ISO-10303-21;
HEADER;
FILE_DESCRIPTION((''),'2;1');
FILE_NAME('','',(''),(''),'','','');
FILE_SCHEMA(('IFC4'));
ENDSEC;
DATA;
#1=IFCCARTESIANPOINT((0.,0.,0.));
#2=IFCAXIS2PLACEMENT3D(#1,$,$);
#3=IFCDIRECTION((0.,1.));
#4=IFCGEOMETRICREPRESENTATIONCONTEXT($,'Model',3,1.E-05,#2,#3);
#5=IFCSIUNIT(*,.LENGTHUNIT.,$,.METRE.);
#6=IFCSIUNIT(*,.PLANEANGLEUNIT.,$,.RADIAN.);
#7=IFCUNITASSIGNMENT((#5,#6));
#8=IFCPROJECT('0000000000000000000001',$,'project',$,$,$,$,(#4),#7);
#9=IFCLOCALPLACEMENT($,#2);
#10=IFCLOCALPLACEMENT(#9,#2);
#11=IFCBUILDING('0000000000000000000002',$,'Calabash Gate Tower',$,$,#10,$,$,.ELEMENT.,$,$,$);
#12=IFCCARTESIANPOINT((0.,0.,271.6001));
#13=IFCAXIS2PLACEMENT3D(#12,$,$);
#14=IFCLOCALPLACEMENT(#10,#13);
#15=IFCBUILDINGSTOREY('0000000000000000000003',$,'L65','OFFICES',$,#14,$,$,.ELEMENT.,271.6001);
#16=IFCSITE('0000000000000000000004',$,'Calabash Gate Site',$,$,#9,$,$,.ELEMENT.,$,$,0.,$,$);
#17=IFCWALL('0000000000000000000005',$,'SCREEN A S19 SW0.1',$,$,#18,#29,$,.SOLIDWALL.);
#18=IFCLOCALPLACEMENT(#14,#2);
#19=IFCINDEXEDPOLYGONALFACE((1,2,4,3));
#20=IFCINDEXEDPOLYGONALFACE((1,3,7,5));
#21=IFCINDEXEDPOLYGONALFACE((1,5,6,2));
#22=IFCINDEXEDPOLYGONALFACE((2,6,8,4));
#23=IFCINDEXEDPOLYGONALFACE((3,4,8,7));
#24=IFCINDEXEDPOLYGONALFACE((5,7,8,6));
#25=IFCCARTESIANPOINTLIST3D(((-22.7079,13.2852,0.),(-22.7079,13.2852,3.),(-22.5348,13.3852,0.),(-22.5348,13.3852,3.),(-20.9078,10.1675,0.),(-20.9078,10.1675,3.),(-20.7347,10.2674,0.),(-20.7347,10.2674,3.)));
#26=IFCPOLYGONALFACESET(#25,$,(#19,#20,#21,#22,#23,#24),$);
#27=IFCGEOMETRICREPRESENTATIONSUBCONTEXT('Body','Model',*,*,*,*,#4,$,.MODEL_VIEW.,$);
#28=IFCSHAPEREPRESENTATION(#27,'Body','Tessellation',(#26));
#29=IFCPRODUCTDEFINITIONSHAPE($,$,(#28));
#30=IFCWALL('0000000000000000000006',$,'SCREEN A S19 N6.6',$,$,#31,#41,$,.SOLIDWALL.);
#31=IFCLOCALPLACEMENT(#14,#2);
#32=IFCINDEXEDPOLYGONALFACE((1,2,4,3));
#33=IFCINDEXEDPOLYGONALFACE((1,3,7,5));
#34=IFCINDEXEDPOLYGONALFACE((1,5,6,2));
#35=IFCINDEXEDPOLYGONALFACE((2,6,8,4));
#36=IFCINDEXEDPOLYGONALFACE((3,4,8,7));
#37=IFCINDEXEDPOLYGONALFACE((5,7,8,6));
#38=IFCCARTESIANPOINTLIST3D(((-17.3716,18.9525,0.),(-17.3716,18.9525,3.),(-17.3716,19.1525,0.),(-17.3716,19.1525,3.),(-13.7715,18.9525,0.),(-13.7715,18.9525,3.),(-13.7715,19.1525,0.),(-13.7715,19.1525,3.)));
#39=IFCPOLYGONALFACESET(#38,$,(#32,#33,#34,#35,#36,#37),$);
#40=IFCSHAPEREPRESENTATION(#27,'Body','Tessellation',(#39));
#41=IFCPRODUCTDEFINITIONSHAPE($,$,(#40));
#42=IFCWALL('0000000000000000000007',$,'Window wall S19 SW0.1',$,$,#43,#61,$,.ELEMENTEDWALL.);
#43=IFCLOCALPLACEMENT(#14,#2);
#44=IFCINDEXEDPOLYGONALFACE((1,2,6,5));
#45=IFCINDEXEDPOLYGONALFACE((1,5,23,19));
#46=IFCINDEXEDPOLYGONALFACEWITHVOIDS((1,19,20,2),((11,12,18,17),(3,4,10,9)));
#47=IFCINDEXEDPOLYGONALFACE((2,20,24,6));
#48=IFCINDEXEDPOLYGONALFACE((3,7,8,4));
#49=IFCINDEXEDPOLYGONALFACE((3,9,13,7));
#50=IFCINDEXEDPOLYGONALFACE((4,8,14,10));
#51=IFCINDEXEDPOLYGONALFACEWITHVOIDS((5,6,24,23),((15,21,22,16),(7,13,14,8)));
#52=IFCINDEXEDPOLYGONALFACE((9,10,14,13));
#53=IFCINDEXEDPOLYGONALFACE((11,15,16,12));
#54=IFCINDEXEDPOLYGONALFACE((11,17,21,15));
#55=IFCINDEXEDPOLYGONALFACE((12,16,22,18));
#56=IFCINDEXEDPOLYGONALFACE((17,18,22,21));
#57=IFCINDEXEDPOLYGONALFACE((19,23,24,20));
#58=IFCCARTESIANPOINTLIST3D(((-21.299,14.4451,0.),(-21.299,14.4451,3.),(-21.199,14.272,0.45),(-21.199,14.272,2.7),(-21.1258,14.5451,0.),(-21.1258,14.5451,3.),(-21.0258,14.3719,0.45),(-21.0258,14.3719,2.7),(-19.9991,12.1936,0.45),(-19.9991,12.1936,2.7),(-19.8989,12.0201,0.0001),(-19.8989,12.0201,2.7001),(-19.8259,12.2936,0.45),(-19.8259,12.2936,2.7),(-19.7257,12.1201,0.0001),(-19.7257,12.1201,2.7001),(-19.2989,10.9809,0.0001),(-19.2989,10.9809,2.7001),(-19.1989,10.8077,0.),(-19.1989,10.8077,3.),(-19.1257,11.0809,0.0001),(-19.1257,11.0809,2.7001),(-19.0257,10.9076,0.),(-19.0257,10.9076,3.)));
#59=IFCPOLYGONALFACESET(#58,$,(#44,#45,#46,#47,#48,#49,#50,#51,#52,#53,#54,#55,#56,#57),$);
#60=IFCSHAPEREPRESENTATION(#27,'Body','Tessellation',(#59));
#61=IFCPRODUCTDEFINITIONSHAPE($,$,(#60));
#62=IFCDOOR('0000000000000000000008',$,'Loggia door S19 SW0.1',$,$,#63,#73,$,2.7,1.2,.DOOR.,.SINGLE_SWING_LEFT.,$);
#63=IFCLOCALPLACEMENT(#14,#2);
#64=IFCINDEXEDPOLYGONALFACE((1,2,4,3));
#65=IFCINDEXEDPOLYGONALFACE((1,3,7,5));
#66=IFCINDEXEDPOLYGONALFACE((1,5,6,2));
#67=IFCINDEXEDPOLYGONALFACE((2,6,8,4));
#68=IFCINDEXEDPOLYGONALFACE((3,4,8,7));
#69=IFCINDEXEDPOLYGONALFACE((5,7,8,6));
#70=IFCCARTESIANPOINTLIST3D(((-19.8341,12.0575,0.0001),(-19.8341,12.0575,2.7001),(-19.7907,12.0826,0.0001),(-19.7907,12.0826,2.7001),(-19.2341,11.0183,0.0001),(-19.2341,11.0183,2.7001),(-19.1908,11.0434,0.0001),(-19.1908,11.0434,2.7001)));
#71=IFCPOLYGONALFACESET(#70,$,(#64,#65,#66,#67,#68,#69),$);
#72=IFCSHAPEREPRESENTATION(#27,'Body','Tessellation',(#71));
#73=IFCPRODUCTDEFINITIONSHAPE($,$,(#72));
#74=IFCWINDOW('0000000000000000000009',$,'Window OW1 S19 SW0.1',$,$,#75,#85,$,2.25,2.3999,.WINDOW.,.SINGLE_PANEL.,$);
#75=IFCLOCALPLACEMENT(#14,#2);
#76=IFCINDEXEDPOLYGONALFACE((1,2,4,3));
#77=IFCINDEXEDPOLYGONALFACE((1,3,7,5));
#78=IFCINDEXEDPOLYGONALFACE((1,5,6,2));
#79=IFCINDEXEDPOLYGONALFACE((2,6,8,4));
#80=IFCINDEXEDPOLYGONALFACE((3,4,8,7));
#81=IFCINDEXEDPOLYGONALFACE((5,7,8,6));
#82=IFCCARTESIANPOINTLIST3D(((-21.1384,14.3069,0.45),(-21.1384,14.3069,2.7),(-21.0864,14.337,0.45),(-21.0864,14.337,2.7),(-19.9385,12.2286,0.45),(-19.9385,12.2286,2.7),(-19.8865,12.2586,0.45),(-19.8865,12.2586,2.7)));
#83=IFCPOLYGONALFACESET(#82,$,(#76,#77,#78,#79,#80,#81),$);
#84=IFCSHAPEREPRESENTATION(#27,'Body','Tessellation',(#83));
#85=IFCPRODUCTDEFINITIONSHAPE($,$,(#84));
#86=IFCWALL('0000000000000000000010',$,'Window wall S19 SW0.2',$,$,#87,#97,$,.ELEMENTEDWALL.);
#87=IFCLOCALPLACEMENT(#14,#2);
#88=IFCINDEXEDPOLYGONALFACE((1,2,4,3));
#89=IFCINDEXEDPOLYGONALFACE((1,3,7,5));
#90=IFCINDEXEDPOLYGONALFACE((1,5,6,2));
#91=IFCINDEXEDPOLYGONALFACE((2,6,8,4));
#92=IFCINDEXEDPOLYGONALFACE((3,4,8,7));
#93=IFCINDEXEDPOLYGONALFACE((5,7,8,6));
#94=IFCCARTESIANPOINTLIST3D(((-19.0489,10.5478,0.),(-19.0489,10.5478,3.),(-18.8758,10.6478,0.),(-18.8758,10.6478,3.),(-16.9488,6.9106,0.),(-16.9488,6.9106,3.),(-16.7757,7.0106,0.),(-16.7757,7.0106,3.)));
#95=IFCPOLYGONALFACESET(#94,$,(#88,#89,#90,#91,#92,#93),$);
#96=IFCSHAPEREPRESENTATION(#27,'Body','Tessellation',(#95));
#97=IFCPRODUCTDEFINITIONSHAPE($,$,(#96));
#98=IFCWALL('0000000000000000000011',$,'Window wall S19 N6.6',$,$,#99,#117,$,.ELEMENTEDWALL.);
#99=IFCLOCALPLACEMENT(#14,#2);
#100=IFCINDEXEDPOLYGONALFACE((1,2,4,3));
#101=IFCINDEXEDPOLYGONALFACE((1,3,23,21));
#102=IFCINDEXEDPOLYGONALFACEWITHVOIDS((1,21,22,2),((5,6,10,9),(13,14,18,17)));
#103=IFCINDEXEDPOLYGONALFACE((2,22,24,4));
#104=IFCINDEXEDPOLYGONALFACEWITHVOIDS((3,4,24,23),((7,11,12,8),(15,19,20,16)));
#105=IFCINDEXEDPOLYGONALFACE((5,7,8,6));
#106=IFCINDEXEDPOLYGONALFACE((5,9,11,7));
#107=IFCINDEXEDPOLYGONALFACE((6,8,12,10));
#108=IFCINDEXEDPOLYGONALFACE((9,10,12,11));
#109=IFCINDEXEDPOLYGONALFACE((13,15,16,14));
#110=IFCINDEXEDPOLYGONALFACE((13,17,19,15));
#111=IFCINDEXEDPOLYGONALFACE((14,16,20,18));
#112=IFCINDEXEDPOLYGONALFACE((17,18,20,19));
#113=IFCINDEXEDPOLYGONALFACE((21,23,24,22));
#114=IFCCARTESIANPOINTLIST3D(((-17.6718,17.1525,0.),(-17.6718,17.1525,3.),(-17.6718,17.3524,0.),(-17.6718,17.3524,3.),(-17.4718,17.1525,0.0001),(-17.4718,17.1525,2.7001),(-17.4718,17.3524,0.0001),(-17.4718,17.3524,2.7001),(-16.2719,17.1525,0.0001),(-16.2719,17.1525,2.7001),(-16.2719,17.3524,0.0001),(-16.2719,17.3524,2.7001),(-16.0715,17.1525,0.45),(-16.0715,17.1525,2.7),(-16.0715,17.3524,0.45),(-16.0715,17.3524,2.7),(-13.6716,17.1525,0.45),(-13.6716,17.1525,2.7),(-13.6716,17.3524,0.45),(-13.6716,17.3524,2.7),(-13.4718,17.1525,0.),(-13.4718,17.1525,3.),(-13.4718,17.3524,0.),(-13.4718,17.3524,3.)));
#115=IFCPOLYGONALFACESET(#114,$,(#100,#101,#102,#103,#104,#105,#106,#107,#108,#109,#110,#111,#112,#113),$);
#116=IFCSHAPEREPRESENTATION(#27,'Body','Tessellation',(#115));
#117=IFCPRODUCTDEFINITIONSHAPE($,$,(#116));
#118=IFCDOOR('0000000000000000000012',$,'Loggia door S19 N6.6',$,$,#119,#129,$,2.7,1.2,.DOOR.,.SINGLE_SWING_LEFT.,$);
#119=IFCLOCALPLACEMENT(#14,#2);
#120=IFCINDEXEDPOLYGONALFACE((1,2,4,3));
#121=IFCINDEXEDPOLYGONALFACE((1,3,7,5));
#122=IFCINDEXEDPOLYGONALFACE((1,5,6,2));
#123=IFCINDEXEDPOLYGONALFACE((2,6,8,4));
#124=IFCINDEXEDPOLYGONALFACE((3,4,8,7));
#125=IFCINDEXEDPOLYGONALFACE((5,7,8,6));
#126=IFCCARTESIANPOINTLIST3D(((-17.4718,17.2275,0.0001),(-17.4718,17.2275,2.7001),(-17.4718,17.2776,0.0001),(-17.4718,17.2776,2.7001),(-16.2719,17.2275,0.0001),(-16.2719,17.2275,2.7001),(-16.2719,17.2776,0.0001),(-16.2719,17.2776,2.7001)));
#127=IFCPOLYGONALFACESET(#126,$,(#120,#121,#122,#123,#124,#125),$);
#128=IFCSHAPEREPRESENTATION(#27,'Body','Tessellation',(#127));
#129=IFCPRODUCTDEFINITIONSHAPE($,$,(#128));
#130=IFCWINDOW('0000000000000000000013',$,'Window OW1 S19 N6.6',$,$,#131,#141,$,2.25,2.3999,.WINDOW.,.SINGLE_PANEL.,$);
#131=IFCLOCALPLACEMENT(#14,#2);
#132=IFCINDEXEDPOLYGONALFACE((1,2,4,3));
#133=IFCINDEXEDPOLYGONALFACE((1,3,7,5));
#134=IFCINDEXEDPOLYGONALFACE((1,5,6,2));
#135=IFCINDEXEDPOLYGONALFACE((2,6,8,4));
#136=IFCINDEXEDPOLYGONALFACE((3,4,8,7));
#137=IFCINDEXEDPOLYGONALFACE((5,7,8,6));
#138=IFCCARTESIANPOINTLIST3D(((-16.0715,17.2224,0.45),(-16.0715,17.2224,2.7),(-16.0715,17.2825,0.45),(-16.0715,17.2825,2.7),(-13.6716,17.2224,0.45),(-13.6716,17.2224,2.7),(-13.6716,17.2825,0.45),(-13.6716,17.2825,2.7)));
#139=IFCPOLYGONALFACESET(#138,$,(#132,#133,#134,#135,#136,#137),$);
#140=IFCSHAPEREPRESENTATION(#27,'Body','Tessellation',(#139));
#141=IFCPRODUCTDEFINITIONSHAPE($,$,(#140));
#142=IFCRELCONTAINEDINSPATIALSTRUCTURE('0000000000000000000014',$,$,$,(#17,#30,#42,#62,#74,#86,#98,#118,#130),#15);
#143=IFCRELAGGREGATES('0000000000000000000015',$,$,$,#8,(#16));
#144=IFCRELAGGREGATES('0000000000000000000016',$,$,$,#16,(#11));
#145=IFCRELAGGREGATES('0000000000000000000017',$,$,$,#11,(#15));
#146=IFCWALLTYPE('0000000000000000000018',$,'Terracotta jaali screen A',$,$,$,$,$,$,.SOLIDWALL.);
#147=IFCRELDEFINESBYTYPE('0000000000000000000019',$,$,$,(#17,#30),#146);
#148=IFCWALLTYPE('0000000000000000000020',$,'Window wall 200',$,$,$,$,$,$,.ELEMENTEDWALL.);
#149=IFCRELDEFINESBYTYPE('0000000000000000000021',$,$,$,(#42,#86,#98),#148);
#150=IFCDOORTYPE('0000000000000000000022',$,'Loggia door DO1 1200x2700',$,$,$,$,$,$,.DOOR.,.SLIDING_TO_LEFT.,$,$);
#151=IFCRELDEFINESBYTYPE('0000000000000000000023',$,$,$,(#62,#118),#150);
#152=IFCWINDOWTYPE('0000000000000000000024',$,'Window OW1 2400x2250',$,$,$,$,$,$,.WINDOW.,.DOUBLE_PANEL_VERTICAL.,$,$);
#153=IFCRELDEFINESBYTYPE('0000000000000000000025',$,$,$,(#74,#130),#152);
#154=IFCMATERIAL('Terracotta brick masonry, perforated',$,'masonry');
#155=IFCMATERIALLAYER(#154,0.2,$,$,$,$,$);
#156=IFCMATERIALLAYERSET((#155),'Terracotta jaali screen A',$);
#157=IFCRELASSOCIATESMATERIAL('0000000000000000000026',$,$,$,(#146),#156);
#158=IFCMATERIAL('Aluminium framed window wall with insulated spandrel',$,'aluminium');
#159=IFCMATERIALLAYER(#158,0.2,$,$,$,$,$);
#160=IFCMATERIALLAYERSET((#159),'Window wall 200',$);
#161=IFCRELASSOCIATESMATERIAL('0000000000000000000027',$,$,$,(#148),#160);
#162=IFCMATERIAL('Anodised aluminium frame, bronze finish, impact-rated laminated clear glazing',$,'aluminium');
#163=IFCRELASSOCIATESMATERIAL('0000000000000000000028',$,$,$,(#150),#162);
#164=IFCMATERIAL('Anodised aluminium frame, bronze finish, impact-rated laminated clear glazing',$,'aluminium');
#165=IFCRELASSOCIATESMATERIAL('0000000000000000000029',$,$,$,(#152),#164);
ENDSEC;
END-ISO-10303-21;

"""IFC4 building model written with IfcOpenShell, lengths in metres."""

from ifc_helpers import new_model, si_unit, direction, frame, frame_2d, origin, place, context, subcontext, project, spatial, rectangle, extrude, material, layer, layer_set, type_object, element, fill, save


model = new_model("IFC4")

# Units and contexts
model_context = context("Model", 3, precision=1e-05, world=origin(), true_north=direction((0.0, 1.0)))
body_context = subcontext(model_context, "Body", "Model", "MODEL_VIEW")
ifc_project = project(units=[si_unit("LENGTHUNIT", "METRE"), si_unit("PLANEANGLEUNIT", "RADIAN")], contexts=[model_context])

# Site, building, storey
site_placement = place(None, origin())
site = spatial("IfcSite", under=ifc_project, at=site_placement, Name="Calabash Gate Site", CompositionType="ELEMENT", RefElevation=0.0)
building_placement = place(site_placement, origin())
building = spatial("IfcBuilding", under=site, at=building_placement, Name="Calabash Gate Tower", CompositionType="ELEMENT")
storey_placement = place(building_placement, frame((0.0, 0.0, 271.6001)))
storey = spatial("IfcBuildingStorey", under=building, at=storey_placement, Name="L65", Description="OFFICES", CompositionType="ELEMENT", Elevation=271.6001)

# Walls
ifc_material_1 = material(Name="Terracotta brick masonry, perforated", Category="masonry")
ifc_layer_1 = layer(ifc_material_1, 0.2)
ifc_layer_set_1 = layer_set([ifc_layer_1], Name="Terracotta jaali screen A")
wall_type_1 = type_object("IfcWallType", Name="Terracotta jaali screen A", PredefinedType="SOLIDWALL", material=ifc_layer_set_1)
for number, where, z_axis, x_axis, name in (
    (1, (-22.6213, 13.3352, 0.0), (0.0, 0.0, 1.0), (0.500012, -0.866018, 0.0), "SCREEN A S19 SW0.1"),
    (2, (-13.7715, 19.0525, 0.0), (0.0, 0.0, 1.0), (-1.0, 0.0, 0.0), "SCREEN A S19 N6.6"),
):
    element("IfcWall", number, at=place(storey_placement, frame(where, z_axis=z_axis, x_axis=x_axis)), inside=storey, type_object=wall_type_1, Name=name, PredefinedType="SOLIDWALL", context=body_context, shape_type="SweptSolid", body=[
        extrude(rectangle(XDim=3.6001, YDim=0.2, at=frame_2d((1.8, 0.0))), origin(), (0.0, 0.0, 1.0), 3.0),
    ])

# Wall, openings, door, window
ifc_material_2 = material(Name="Aluminium framed window wall with insulated spandrel", Category="aluminium")
ifc_layer_2 = layer(ifc_material_2, 0.2)
ifc_layer_set_2 = layer_set([ifc_layer_2], Name="Window wall 200")
wall_type_2 = type_object("IfcWallType", Name="Window wall 200", PredefinedType="ELEMENTEDWALL", material=ifc_layer_set_2)
wall_1_placement = place(storey_placement, frame((-21.2124, 14.4951, 0.0), z_axis=(0.0, 0.0, 1.0), x_axis=(0.500003, -0.866024, 0.0)))
wall_1 = element("IfcWall", 3, at=wall_1_placement, inside=storey, type_object=wall_type_2, Name="Window wall S19 SW0.1", PredefinedType="ELEMENTEDWALL", context=body_context, shape_type="SweptSolid", body=[
    extrude(rectangle(XDim=4.2002, YDim=0.2, at=frame_2d((2.1001, 0.0))), origin(), (0.0, 0.0, 1.0), 3.0),
])
opening_1_placement = place(wall_1_placement, frame((0.2, 0.0, 0.45)))
opening_1 = element("IfcOpeningElement", 4, at=opening_1_placement, cuts=wall_1, PredefinedType="OPENING", context=body_context, shape_type="SweptSolid", body=[
    extrude(rectangle(XDim=2.3999, YDim=2.25, at=frame_2d((1.2, 1.125))), frame((0.0, 0.1099, 0.0), z_axis=(0.0, -1.0, 0.0), x_axis=(1.0, 0.0, 0.0)), (0.0, 0.0, 1.0), 0.22),
])
opening_2_placement = place(wall_1_placement, frame((2.8, 0.0, 0.0)))
opening_2 = element("IfcOpeningElement", 5, at=opening_2_placement, cuts=wall_1, PredefinedType="OPENING", context=body_context, shape_type="SweptSolid", body=[
    extrude(rectangle(XDim=1.2, YDim=2.7, at=frame_2d((0.6001, 1.3501))), frame((0.0, 0.1099, 0.0), z_axis=(0.0, -1.0, 0.0), x_axis=(1.0, 0.0, 0.0)), (0.0, 0.0, 1.0), 0.22),
])
ifc_material_3 = material(Name="Anodised aluminium frame, bronze finish, impact-rated laminated clear glazing", Category="aluminium")
door_type_1 = type_object("IfcDoorType", Name="Loggia door DO1 1200x2700", OperationType="SLIDING_TO_LEFT", PredefinedType="DOOR", material=ifc_material_3)
door_1_placement = place(opening_2_placement, origin())
door_1 = element("IfcDoor", 6, at=door_1_placement, inside=storey, type_object=door_type_1, Name="Loggia door S19 SW0.1", OperationType="SINGLE_SWING_LEFT", OverallHeight=2.7, OverallWidth=1.2, PredefinedType="DOOR", context=body_context, shape_type="SweptSolid", body=[
    extrude(rectangle(XDim=1.2, YDim=2.7, at=frame_2d((0.6001, 1.3501))), frame((0.0, 0.0249, 0.0), z_axis=(0.0, -1.0, 0.0), x_axis=(1.0, 0.0, 0.0)), (0.0, 0.0, 1.0), 0.05),
])
fill(opening_2, door_1)
ifc_material_4 = material(Name="Anodised aluminium frame, bronze finish, impact-rated laminated clear glazing", Category="aluminium")
window_type = type_object("IfcWindowType", Name="Window OW1 2400x2250", PartitioningType="DOUBLE_PANEL_VERTICAL", PredefinedType="WINDOW", material=ifc_material_4)
window_1_placement = place(opening_1_placement, origin())
window_1 = element("IfcWindow", 7, at=window_1_placement, inside=storey, type_object=window_type, Name="Window OW1 S19 SW0.1", OverallHeight=2.25, OverallWidth=2.3999, PartitioningType="SINGLE_PANEL", PredefinedType="WINDOW", context=body_context, shape_type="SweptSolid", body=[
    extrude(rectangle(XDim=2.3999, YDim=2.25, at=frame_2d((1.2, 1.125))), frame((0.0, 0.03, 0.0), z_axis=(0.0, -1.0, 0.0), x_axis=(1.0, 0.0, 0.0)), (0.0, 0.0, 1.0), 0.0601),
])
fill(opening_1, window_1)

# Wall
wall_2_placement = place(storey_placement, frame((-18.9624, 10.5979, 0.0), z_axis=(0.0, 0.0, 1.0), x_axis=(0.500028, -0.866009, 0.0)))
element("IfcWall", 8, at=wall_2_placement, inside=storey, type_object=wall_type_2, Name="Window wall S19 SW0.2", PredefinedType="ELEMENTEDWALL", context=body_context, shape_type="SweptSolid", body=[
    extrude(rectangle(XDim=4.2, YDim=0.2, at=frame_2d((2.1001, 0.0))), origin(), (0.0, 0.0, 1.0), 3.0),
])

# Wall, openings, door, window
wall_3_placement = place(storey_placement, frame((-13.4717, 17.2524, 0.0), z_axis=(0.0, 0.0, 1.0), x_axis=(-1.0, 0.0, 0.0)))
wall_3 = element("IfcWall", 9, at=wall_3_placement, inside=storey, type_object=wall_type_2, Name="Window wall S19 N6.6", PredefinedType="ELEMENTEDWALL", context=body_context, shape_type="SweptSolid", body=[
    extrude(rectangle(XDim=4.2, YDim=0.2, at=frame_2d((2.1001, 0.0))), origin(), (0.0, 0.0, 1.0), 3.0),
])
opening_3_placement = place(wall_3_placement, frame((0.2, 0.0, 0.45)))
opening_3 = element("IfcOpeningElement", 10, at=opening_3_placement, cuts=wall_3, PredefinedType="OPENING", context=body_context, shape_type="SweptSolid", body=[
    extrude(rectangle(XDim=2.3999, YDim=2.25, at=frame_2d((1.2, 1.125))), frame((0.0, 0.1099, 0.0), z_axis=(0.0, -1.0, 0.0), x_axis=(1.0, 0.0, 0.0)), (0.0, 0.0, 1.0), 0.22),
])
opening_4_placement = place(wall_3_placement, frame((2.8, 0.0, 0.0)))
opening_4 = element("IfcOpeningElement", 11, at=opening_4_placement, cuts=wall_3, PredefinedType="OPENING", context=body_context, shape_type="SweptSolid", body=[
    extrude(rectangle(XDim=1.2, YDim=2.7, at=frame_2d((0.6001, 1.3501))), frame((0.0, 0.1099, 0.0), z_axis=(0.0, -1.0, 0.0), x_axis=(1.0, 0.0, 0.0)), (0.0, 0.0, 1.0), 0.22),
])
door_2_placement = place(opening_4_placement, origin())
door_2 = element("IfcDoor", 12, at=door_2_placement, inside=storey, type_object=door_type_1, Name="Loggia door S19 N6.6", OperationType="SINGLE_SWING_LEFT", OverallHeight=2.7, OverallWidth=1.2, PredefinedType="DOOR", context=body_context, shape_type="SweptSolid", body=[
    extrude(rectangle(XDim=1.2, YDim=2.7, at=frame_2d((0.6001, 1.3501))), frame((0.0, 0.0249, 0.0), z_axis=(0.0, -1.0, 0.0), x_axis=(1.0, 0.0, 0.0)), (0.0, 0.0, 1.0), 0.05),
])
fill(opening_4, door_2)
window_2_placement = place(opening_3_placement, origin())
window_2 = element("IfcWindow", 13, at=window_2_placement, inside=storey, type_object=window_type, Name="Window OW1 S19 N6.6", OverallHeight=2.25, OverallWidth=2.3999, PartitioningType="SINGLE_PANEL", PredefinedType="WINDOW", context=body_context, shape_type="SweptSolid", body=[
    extrude(rectangle(XDim=2.3999, YDim=2.25, at=frame_2d((1.2, 1.125))), frame((0.0, 0.03, 0.0), z_axis=(0.0, -1.0, 0.0), x_axis=(1.0, 0.0, 0.0)), (0.0, 0.0, 1.0), 0.0601),
])
fill(opening_3, window_2)

save(model, "model.ifc")
